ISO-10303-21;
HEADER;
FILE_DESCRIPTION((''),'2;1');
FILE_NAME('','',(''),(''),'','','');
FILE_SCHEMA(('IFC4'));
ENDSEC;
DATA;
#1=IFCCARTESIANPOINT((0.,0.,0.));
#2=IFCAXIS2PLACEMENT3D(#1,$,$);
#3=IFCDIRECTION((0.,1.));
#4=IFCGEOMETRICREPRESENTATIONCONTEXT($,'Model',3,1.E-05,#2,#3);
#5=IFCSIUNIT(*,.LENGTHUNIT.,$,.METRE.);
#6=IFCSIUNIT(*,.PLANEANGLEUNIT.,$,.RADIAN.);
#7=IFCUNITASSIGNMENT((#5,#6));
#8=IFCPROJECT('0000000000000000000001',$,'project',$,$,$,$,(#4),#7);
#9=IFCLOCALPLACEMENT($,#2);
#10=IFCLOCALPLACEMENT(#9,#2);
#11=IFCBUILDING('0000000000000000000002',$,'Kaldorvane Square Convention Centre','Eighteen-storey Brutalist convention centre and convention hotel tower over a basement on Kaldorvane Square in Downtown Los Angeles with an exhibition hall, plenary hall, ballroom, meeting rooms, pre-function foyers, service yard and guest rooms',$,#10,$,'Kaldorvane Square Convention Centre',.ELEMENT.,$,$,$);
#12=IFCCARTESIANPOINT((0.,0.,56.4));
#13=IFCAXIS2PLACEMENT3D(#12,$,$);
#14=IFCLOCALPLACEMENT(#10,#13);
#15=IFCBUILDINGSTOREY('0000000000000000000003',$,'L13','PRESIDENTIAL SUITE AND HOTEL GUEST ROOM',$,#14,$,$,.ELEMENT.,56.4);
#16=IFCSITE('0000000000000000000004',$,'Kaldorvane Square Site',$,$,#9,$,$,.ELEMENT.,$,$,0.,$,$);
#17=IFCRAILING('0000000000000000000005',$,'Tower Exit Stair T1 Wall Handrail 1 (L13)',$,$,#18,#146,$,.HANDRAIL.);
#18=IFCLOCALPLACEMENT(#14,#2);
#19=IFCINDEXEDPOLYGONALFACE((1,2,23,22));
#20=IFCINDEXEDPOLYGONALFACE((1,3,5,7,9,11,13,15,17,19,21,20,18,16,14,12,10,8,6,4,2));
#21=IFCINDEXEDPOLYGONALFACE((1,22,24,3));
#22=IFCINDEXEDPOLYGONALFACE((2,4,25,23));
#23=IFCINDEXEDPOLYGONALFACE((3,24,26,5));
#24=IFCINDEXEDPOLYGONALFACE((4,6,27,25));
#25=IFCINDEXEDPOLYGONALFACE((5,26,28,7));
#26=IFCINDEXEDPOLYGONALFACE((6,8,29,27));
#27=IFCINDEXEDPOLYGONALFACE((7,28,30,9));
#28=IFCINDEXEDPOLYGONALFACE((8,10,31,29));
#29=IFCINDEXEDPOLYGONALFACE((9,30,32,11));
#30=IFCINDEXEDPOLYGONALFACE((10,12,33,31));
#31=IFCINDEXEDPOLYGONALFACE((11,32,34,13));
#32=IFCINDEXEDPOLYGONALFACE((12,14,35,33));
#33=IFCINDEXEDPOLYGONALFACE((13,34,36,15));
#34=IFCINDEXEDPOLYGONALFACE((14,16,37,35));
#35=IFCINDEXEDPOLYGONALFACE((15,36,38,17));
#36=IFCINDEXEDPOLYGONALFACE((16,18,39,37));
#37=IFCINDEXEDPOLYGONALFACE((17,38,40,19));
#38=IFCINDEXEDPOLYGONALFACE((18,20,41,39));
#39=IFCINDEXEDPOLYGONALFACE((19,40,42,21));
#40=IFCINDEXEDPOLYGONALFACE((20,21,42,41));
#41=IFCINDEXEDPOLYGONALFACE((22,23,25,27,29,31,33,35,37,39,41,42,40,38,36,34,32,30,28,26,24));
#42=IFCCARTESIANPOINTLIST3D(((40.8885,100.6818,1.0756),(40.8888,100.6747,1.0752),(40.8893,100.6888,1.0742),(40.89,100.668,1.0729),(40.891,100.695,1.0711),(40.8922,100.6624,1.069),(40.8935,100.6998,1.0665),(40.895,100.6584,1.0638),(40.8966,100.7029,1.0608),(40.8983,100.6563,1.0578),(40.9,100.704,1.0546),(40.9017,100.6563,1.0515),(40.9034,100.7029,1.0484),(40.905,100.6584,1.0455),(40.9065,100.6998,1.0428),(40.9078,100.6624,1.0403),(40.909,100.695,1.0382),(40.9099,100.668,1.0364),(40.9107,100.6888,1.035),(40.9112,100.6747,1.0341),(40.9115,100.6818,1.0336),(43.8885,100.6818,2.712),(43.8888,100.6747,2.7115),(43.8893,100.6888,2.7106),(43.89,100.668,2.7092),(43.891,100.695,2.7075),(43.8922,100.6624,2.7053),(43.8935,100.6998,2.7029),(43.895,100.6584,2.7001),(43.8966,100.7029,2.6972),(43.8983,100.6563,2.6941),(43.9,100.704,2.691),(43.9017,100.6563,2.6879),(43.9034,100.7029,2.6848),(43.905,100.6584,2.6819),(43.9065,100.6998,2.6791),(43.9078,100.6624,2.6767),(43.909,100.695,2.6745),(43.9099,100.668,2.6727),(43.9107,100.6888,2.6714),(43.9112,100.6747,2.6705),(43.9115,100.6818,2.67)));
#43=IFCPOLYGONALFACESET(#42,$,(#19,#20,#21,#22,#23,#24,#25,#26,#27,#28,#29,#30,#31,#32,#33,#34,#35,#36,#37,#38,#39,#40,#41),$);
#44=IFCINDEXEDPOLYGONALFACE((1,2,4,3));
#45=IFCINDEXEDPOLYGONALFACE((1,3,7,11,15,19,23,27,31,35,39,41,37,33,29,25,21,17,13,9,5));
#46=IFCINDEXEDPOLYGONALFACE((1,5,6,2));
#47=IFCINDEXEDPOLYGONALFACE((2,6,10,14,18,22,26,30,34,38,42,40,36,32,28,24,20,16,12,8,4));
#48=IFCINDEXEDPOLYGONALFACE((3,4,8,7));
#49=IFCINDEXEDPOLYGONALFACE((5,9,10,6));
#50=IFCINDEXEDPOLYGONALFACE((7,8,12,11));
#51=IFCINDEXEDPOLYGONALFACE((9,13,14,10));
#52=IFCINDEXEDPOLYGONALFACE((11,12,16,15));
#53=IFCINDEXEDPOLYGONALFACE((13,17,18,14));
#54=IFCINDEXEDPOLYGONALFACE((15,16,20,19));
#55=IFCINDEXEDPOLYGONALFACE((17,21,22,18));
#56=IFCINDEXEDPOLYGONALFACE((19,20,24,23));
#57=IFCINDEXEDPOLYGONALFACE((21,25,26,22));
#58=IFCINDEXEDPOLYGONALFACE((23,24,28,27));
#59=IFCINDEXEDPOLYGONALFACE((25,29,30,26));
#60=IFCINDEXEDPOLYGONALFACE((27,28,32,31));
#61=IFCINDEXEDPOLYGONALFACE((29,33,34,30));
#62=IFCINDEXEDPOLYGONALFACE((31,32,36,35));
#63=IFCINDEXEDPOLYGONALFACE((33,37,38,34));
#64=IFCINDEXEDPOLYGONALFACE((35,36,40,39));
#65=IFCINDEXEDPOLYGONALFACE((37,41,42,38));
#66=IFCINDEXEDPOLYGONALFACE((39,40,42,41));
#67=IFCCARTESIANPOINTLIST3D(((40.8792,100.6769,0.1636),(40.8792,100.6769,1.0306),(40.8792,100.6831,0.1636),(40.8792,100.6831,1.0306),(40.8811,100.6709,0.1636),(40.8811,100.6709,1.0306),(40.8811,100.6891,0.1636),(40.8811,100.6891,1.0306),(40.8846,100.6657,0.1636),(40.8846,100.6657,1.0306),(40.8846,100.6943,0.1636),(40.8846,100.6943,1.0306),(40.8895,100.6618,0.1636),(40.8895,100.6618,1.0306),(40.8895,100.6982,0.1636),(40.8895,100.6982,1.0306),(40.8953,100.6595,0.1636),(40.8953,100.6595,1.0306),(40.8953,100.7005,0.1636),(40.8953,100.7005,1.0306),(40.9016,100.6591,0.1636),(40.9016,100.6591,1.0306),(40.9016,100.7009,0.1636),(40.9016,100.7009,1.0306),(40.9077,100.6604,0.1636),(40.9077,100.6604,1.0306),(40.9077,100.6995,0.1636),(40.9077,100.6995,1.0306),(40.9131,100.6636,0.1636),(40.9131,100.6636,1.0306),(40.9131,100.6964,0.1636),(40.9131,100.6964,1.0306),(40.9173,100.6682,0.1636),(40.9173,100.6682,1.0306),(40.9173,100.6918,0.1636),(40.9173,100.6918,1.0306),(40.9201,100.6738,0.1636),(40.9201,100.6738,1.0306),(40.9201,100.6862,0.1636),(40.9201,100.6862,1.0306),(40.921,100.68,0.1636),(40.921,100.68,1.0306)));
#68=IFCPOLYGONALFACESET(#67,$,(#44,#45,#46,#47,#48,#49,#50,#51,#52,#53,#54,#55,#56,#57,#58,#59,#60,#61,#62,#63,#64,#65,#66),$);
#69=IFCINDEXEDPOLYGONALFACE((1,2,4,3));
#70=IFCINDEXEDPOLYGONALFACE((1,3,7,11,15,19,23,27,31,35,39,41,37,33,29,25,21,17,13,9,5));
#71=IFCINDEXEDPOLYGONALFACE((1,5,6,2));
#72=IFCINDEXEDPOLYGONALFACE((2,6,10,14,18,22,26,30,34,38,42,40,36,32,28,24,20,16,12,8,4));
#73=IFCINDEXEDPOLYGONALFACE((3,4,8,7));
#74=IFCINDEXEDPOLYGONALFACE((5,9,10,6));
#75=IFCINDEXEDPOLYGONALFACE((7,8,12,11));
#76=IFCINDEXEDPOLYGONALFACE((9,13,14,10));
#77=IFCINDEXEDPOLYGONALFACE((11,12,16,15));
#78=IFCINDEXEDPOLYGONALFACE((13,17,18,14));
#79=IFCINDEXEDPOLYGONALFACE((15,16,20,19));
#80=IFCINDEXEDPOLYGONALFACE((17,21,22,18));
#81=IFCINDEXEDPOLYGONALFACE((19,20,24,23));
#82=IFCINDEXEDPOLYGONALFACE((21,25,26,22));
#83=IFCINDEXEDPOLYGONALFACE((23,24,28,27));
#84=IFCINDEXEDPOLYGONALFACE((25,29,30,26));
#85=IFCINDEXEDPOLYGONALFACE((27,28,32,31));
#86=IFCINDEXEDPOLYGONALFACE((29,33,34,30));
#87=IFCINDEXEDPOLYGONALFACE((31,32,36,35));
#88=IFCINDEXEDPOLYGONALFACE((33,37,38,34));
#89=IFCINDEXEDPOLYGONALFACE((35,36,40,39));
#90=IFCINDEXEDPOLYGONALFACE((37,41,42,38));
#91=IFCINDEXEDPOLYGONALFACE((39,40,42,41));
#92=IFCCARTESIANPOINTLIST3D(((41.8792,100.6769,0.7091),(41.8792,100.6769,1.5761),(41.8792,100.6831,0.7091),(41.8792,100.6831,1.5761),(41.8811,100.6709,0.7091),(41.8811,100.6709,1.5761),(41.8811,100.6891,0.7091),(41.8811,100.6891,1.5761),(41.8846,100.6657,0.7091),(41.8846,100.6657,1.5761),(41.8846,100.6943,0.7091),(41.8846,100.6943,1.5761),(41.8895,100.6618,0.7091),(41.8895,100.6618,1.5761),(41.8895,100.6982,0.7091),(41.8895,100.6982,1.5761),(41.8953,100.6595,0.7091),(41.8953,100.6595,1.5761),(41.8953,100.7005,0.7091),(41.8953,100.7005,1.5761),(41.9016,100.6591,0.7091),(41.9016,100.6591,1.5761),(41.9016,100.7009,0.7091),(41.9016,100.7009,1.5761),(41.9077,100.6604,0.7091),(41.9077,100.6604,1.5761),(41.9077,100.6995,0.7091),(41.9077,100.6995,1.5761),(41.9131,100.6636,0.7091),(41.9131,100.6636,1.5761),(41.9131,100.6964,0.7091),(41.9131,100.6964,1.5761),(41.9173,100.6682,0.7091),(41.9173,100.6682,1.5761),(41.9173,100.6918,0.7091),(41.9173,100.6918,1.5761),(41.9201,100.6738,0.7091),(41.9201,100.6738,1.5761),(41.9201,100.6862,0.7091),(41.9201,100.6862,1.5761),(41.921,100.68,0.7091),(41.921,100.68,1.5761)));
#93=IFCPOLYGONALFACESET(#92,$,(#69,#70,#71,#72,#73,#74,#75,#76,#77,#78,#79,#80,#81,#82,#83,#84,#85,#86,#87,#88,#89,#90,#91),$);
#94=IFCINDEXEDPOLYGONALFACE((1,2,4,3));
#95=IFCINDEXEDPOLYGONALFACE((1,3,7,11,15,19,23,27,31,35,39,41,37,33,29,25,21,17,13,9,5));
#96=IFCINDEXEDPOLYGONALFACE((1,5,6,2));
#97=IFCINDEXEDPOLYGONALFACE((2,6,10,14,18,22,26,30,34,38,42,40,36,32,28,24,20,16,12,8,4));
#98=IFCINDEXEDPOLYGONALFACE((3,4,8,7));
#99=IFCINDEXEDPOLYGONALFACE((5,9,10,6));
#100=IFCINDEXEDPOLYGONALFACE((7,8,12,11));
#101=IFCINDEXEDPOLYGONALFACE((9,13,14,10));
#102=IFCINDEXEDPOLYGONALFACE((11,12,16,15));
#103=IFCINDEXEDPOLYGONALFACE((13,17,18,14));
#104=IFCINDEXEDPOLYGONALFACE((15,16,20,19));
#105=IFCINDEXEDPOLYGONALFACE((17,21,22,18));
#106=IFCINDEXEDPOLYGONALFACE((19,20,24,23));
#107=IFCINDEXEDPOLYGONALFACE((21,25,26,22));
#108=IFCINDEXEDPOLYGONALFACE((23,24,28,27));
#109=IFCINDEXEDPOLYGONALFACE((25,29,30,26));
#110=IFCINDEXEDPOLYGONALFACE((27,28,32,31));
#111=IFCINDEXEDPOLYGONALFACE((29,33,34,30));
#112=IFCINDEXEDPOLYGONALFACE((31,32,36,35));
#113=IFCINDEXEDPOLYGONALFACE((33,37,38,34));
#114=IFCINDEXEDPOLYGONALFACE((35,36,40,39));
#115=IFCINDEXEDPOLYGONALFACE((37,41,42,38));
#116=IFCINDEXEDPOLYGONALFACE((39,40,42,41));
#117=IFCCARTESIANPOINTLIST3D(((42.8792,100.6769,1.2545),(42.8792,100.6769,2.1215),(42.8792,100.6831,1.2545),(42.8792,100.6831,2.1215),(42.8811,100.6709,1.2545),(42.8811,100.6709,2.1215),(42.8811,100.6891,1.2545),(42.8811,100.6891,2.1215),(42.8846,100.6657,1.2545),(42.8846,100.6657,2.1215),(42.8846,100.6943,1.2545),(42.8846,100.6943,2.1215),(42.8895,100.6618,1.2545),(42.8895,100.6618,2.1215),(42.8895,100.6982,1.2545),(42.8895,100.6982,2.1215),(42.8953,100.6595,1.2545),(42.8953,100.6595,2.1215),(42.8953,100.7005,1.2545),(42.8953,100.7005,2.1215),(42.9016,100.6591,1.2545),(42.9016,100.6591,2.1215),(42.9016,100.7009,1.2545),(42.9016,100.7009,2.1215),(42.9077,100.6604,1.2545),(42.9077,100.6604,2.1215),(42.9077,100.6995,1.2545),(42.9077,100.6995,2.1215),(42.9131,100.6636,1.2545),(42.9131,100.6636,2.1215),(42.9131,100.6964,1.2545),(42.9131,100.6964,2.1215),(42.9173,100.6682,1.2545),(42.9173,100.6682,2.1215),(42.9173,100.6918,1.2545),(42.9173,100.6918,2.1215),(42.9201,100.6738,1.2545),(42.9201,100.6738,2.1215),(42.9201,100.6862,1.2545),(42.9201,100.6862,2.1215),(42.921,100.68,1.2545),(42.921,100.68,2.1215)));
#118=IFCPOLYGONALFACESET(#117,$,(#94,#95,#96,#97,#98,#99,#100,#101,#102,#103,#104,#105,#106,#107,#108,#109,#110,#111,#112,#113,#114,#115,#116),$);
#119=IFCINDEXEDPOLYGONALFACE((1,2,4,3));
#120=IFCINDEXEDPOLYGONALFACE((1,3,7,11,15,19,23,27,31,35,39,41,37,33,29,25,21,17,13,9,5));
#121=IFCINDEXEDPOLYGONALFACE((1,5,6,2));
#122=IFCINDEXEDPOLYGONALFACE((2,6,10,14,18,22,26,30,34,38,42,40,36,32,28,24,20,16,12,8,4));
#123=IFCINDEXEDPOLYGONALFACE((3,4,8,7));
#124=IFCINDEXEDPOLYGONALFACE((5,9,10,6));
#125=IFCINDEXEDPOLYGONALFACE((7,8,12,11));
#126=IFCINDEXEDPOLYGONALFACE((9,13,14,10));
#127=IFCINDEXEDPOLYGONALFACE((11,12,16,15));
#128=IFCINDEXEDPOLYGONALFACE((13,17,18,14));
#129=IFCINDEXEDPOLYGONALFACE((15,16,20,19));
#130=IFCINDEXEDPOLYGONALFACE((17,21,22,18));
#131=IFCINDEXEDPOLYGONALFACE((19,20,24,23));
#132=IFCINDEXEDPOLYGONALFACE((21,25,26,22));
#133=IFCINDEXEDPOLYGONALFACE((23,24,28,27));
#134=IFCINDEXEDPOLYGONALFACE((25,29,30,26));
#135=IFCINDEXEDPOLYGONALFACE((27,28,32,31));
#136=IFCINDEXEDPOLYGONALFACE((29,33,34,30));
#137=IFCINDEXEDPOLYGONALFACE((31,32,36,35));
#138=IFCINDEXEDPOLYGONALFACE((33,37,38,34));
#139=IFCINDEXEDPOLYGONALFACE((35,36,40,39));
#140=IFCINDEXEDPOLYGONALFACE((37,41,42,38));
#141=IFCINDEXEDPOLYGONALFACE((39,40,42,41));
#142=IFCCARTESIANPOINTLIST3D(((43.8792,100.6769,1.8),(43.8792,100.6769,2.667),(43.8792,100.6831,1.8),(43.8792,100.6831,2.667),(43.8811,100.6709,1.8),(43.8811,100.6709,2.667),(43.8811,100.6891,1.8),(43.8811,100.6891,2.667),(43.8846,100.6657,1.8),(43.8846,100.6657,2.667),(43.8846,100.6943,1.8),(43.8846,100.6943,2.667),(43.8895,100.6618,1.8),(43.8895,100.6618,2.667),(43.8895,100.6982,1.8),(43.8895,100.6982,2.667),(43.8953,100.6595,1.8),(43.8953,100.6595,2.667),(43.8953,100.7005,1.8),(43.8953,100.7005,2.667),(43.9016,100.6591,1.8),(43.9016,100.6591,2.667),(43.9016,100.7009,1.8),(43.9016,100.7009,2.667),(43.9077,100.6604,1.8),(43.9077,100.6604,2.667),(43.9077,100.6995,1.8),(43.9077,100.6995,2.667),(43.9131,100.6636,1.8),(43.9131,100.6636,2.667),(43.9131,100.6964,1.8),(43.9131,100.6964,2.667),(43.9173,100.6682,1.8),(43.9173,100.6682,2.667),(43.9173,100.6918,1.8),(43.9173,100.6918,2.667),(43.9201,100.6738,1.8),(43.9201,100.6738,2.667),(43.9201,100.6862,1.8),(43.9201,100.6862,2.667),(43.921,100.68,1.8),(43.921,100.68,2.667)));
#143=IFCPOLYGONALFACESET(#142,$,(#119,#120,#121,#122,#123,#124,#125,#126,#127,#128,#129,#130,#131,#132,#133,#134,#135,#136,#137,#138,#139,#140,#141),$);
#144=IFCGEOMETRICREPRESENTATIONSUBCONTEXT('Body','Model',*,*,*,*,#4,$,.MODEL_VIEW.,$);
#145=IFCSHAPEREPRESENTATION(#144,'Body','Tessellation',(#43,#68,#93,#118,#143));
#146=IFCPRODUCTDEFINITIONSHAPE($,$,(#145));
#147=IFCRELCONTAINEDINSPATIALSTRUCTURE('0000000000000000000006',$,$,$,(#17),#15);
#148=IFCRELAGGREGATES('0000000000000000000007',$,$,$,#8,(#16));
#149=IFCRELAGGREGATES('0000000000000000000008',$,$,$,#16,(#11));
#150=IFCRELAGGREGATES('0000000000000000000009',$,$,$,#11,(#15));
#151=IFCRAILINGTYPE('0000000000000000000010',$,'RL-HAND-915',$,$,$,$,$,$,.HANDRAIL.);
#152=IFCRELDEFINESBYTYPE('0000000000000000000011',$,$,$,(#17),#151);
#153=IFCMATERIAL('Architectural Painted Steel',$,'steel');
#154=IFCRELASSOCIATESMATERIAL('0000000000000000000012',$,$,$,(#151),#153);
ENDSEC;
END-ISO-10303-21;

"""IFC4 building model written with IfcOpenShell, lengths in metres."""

from ifc_helpers import new_model, si_unit, direction, frame, origin, origin_2d, place, context, subcontext, project, spatial, circle, extrude, material, type_object, element, save


model = new_model("IFC4")

# Units and contexts
model_context = context("Model", 3, precision=1e-05, world=origin(), true_north=direction((0.0, 1.0)))
body_context = subcontext(model_context, "Body", "Model", "MODEL_VIEW")
ifc_project = project(units=[si_unit("LENGTHUNIT", "METRE"), si_unit("PLANEANGLEUNIT", "RADIAN")], contexts=[model_context])

# Site, building, storey
site_placement = place(None, origin())
site = spatial("IfcSite", under=ifc_project, at=site_placement, Name="Kaldorvane Square Site", CompositionType="ELEMENT", RefElevation=0.0)
building_placement = place(site_placement, origin())
building = spatial("IfcBuilding", under=site, at=building_placement, Name="Kaldorvane Square Convention Centre", Description="Eighteen-storey Brutalist convention centre and convention hotel tower over a basement on Kaldorvane Square in Downtown Los Angeles with an exhibition hall, plenary hall, ballroom, meeting rooms, pre-function foyers, service yard and guest rooms", LongName="Kaldorvane Square Convention Centre", CompositionType="ELEMENT")
storey_placement = place(building_placement, frame((0.0, 0.0, 56.4)))
storey = spatial("IfcBuildingStorey", under=building, at=storey_placement, Name="L13", Description="PRESIDENTIAL SUITE AND HOTEL GUEST ROOM", CompositionType="ELEMENT", Elevation=56.4)

# Railing
ifc_material_1 = material(Name="Architectural Painted Steel", Category="steel")
railing_type_1 = type_object("IfcRailingType", Name="RL-HAND-915", PredefinedType="HANDRAIL", material=ifc_material_1)
for number, where, name in (
    (1, (40.9, 100.68, 0.1636), "Tower Exit Stair T1 Wall Handrail 1 (L13)"),
):
    element("IfcRailing", number, at=place(storey_placement, frame(where)), inside=storey, type_object=railing_type_1, Name=name, PredefinedType="HANDRAIL", context=body_context, shape_type="SweptSolid", body=[
        extrude(circle(Radius=0.024, at=origin_2d()), frame((0.0, 0.0, 0.891), z_axis=(0.877895, 0.0, 0.478853), x_axis=(0.0, 1.0, 0.0)), (0.0, 0.0, 1.0), 3.4173),
        extrude(circle(Radius=0.021, at=origin_2d()), origin(), (0.0, 0.0, 1.0), 0.867),
        extrude(circle(Radius=0.021, at=origin_2d()), frame((1.0, 0.0, 0.5455)), (0.0, 0.0, 1.0), 0.867),
        extrude(circle(Radius=0.021, at=origin_2d()), frame((2.0, 0.0, 1.0909)), (0.0, 0.0, 1.0), 0.867),
        extrude(circle(Radius=0.021, at=origin_2d()), frame((3.0, 0.0, 1.6364)), (0.0, 0.0, 1.0), 0.867),
    ])

save(model, "model.ifc")
